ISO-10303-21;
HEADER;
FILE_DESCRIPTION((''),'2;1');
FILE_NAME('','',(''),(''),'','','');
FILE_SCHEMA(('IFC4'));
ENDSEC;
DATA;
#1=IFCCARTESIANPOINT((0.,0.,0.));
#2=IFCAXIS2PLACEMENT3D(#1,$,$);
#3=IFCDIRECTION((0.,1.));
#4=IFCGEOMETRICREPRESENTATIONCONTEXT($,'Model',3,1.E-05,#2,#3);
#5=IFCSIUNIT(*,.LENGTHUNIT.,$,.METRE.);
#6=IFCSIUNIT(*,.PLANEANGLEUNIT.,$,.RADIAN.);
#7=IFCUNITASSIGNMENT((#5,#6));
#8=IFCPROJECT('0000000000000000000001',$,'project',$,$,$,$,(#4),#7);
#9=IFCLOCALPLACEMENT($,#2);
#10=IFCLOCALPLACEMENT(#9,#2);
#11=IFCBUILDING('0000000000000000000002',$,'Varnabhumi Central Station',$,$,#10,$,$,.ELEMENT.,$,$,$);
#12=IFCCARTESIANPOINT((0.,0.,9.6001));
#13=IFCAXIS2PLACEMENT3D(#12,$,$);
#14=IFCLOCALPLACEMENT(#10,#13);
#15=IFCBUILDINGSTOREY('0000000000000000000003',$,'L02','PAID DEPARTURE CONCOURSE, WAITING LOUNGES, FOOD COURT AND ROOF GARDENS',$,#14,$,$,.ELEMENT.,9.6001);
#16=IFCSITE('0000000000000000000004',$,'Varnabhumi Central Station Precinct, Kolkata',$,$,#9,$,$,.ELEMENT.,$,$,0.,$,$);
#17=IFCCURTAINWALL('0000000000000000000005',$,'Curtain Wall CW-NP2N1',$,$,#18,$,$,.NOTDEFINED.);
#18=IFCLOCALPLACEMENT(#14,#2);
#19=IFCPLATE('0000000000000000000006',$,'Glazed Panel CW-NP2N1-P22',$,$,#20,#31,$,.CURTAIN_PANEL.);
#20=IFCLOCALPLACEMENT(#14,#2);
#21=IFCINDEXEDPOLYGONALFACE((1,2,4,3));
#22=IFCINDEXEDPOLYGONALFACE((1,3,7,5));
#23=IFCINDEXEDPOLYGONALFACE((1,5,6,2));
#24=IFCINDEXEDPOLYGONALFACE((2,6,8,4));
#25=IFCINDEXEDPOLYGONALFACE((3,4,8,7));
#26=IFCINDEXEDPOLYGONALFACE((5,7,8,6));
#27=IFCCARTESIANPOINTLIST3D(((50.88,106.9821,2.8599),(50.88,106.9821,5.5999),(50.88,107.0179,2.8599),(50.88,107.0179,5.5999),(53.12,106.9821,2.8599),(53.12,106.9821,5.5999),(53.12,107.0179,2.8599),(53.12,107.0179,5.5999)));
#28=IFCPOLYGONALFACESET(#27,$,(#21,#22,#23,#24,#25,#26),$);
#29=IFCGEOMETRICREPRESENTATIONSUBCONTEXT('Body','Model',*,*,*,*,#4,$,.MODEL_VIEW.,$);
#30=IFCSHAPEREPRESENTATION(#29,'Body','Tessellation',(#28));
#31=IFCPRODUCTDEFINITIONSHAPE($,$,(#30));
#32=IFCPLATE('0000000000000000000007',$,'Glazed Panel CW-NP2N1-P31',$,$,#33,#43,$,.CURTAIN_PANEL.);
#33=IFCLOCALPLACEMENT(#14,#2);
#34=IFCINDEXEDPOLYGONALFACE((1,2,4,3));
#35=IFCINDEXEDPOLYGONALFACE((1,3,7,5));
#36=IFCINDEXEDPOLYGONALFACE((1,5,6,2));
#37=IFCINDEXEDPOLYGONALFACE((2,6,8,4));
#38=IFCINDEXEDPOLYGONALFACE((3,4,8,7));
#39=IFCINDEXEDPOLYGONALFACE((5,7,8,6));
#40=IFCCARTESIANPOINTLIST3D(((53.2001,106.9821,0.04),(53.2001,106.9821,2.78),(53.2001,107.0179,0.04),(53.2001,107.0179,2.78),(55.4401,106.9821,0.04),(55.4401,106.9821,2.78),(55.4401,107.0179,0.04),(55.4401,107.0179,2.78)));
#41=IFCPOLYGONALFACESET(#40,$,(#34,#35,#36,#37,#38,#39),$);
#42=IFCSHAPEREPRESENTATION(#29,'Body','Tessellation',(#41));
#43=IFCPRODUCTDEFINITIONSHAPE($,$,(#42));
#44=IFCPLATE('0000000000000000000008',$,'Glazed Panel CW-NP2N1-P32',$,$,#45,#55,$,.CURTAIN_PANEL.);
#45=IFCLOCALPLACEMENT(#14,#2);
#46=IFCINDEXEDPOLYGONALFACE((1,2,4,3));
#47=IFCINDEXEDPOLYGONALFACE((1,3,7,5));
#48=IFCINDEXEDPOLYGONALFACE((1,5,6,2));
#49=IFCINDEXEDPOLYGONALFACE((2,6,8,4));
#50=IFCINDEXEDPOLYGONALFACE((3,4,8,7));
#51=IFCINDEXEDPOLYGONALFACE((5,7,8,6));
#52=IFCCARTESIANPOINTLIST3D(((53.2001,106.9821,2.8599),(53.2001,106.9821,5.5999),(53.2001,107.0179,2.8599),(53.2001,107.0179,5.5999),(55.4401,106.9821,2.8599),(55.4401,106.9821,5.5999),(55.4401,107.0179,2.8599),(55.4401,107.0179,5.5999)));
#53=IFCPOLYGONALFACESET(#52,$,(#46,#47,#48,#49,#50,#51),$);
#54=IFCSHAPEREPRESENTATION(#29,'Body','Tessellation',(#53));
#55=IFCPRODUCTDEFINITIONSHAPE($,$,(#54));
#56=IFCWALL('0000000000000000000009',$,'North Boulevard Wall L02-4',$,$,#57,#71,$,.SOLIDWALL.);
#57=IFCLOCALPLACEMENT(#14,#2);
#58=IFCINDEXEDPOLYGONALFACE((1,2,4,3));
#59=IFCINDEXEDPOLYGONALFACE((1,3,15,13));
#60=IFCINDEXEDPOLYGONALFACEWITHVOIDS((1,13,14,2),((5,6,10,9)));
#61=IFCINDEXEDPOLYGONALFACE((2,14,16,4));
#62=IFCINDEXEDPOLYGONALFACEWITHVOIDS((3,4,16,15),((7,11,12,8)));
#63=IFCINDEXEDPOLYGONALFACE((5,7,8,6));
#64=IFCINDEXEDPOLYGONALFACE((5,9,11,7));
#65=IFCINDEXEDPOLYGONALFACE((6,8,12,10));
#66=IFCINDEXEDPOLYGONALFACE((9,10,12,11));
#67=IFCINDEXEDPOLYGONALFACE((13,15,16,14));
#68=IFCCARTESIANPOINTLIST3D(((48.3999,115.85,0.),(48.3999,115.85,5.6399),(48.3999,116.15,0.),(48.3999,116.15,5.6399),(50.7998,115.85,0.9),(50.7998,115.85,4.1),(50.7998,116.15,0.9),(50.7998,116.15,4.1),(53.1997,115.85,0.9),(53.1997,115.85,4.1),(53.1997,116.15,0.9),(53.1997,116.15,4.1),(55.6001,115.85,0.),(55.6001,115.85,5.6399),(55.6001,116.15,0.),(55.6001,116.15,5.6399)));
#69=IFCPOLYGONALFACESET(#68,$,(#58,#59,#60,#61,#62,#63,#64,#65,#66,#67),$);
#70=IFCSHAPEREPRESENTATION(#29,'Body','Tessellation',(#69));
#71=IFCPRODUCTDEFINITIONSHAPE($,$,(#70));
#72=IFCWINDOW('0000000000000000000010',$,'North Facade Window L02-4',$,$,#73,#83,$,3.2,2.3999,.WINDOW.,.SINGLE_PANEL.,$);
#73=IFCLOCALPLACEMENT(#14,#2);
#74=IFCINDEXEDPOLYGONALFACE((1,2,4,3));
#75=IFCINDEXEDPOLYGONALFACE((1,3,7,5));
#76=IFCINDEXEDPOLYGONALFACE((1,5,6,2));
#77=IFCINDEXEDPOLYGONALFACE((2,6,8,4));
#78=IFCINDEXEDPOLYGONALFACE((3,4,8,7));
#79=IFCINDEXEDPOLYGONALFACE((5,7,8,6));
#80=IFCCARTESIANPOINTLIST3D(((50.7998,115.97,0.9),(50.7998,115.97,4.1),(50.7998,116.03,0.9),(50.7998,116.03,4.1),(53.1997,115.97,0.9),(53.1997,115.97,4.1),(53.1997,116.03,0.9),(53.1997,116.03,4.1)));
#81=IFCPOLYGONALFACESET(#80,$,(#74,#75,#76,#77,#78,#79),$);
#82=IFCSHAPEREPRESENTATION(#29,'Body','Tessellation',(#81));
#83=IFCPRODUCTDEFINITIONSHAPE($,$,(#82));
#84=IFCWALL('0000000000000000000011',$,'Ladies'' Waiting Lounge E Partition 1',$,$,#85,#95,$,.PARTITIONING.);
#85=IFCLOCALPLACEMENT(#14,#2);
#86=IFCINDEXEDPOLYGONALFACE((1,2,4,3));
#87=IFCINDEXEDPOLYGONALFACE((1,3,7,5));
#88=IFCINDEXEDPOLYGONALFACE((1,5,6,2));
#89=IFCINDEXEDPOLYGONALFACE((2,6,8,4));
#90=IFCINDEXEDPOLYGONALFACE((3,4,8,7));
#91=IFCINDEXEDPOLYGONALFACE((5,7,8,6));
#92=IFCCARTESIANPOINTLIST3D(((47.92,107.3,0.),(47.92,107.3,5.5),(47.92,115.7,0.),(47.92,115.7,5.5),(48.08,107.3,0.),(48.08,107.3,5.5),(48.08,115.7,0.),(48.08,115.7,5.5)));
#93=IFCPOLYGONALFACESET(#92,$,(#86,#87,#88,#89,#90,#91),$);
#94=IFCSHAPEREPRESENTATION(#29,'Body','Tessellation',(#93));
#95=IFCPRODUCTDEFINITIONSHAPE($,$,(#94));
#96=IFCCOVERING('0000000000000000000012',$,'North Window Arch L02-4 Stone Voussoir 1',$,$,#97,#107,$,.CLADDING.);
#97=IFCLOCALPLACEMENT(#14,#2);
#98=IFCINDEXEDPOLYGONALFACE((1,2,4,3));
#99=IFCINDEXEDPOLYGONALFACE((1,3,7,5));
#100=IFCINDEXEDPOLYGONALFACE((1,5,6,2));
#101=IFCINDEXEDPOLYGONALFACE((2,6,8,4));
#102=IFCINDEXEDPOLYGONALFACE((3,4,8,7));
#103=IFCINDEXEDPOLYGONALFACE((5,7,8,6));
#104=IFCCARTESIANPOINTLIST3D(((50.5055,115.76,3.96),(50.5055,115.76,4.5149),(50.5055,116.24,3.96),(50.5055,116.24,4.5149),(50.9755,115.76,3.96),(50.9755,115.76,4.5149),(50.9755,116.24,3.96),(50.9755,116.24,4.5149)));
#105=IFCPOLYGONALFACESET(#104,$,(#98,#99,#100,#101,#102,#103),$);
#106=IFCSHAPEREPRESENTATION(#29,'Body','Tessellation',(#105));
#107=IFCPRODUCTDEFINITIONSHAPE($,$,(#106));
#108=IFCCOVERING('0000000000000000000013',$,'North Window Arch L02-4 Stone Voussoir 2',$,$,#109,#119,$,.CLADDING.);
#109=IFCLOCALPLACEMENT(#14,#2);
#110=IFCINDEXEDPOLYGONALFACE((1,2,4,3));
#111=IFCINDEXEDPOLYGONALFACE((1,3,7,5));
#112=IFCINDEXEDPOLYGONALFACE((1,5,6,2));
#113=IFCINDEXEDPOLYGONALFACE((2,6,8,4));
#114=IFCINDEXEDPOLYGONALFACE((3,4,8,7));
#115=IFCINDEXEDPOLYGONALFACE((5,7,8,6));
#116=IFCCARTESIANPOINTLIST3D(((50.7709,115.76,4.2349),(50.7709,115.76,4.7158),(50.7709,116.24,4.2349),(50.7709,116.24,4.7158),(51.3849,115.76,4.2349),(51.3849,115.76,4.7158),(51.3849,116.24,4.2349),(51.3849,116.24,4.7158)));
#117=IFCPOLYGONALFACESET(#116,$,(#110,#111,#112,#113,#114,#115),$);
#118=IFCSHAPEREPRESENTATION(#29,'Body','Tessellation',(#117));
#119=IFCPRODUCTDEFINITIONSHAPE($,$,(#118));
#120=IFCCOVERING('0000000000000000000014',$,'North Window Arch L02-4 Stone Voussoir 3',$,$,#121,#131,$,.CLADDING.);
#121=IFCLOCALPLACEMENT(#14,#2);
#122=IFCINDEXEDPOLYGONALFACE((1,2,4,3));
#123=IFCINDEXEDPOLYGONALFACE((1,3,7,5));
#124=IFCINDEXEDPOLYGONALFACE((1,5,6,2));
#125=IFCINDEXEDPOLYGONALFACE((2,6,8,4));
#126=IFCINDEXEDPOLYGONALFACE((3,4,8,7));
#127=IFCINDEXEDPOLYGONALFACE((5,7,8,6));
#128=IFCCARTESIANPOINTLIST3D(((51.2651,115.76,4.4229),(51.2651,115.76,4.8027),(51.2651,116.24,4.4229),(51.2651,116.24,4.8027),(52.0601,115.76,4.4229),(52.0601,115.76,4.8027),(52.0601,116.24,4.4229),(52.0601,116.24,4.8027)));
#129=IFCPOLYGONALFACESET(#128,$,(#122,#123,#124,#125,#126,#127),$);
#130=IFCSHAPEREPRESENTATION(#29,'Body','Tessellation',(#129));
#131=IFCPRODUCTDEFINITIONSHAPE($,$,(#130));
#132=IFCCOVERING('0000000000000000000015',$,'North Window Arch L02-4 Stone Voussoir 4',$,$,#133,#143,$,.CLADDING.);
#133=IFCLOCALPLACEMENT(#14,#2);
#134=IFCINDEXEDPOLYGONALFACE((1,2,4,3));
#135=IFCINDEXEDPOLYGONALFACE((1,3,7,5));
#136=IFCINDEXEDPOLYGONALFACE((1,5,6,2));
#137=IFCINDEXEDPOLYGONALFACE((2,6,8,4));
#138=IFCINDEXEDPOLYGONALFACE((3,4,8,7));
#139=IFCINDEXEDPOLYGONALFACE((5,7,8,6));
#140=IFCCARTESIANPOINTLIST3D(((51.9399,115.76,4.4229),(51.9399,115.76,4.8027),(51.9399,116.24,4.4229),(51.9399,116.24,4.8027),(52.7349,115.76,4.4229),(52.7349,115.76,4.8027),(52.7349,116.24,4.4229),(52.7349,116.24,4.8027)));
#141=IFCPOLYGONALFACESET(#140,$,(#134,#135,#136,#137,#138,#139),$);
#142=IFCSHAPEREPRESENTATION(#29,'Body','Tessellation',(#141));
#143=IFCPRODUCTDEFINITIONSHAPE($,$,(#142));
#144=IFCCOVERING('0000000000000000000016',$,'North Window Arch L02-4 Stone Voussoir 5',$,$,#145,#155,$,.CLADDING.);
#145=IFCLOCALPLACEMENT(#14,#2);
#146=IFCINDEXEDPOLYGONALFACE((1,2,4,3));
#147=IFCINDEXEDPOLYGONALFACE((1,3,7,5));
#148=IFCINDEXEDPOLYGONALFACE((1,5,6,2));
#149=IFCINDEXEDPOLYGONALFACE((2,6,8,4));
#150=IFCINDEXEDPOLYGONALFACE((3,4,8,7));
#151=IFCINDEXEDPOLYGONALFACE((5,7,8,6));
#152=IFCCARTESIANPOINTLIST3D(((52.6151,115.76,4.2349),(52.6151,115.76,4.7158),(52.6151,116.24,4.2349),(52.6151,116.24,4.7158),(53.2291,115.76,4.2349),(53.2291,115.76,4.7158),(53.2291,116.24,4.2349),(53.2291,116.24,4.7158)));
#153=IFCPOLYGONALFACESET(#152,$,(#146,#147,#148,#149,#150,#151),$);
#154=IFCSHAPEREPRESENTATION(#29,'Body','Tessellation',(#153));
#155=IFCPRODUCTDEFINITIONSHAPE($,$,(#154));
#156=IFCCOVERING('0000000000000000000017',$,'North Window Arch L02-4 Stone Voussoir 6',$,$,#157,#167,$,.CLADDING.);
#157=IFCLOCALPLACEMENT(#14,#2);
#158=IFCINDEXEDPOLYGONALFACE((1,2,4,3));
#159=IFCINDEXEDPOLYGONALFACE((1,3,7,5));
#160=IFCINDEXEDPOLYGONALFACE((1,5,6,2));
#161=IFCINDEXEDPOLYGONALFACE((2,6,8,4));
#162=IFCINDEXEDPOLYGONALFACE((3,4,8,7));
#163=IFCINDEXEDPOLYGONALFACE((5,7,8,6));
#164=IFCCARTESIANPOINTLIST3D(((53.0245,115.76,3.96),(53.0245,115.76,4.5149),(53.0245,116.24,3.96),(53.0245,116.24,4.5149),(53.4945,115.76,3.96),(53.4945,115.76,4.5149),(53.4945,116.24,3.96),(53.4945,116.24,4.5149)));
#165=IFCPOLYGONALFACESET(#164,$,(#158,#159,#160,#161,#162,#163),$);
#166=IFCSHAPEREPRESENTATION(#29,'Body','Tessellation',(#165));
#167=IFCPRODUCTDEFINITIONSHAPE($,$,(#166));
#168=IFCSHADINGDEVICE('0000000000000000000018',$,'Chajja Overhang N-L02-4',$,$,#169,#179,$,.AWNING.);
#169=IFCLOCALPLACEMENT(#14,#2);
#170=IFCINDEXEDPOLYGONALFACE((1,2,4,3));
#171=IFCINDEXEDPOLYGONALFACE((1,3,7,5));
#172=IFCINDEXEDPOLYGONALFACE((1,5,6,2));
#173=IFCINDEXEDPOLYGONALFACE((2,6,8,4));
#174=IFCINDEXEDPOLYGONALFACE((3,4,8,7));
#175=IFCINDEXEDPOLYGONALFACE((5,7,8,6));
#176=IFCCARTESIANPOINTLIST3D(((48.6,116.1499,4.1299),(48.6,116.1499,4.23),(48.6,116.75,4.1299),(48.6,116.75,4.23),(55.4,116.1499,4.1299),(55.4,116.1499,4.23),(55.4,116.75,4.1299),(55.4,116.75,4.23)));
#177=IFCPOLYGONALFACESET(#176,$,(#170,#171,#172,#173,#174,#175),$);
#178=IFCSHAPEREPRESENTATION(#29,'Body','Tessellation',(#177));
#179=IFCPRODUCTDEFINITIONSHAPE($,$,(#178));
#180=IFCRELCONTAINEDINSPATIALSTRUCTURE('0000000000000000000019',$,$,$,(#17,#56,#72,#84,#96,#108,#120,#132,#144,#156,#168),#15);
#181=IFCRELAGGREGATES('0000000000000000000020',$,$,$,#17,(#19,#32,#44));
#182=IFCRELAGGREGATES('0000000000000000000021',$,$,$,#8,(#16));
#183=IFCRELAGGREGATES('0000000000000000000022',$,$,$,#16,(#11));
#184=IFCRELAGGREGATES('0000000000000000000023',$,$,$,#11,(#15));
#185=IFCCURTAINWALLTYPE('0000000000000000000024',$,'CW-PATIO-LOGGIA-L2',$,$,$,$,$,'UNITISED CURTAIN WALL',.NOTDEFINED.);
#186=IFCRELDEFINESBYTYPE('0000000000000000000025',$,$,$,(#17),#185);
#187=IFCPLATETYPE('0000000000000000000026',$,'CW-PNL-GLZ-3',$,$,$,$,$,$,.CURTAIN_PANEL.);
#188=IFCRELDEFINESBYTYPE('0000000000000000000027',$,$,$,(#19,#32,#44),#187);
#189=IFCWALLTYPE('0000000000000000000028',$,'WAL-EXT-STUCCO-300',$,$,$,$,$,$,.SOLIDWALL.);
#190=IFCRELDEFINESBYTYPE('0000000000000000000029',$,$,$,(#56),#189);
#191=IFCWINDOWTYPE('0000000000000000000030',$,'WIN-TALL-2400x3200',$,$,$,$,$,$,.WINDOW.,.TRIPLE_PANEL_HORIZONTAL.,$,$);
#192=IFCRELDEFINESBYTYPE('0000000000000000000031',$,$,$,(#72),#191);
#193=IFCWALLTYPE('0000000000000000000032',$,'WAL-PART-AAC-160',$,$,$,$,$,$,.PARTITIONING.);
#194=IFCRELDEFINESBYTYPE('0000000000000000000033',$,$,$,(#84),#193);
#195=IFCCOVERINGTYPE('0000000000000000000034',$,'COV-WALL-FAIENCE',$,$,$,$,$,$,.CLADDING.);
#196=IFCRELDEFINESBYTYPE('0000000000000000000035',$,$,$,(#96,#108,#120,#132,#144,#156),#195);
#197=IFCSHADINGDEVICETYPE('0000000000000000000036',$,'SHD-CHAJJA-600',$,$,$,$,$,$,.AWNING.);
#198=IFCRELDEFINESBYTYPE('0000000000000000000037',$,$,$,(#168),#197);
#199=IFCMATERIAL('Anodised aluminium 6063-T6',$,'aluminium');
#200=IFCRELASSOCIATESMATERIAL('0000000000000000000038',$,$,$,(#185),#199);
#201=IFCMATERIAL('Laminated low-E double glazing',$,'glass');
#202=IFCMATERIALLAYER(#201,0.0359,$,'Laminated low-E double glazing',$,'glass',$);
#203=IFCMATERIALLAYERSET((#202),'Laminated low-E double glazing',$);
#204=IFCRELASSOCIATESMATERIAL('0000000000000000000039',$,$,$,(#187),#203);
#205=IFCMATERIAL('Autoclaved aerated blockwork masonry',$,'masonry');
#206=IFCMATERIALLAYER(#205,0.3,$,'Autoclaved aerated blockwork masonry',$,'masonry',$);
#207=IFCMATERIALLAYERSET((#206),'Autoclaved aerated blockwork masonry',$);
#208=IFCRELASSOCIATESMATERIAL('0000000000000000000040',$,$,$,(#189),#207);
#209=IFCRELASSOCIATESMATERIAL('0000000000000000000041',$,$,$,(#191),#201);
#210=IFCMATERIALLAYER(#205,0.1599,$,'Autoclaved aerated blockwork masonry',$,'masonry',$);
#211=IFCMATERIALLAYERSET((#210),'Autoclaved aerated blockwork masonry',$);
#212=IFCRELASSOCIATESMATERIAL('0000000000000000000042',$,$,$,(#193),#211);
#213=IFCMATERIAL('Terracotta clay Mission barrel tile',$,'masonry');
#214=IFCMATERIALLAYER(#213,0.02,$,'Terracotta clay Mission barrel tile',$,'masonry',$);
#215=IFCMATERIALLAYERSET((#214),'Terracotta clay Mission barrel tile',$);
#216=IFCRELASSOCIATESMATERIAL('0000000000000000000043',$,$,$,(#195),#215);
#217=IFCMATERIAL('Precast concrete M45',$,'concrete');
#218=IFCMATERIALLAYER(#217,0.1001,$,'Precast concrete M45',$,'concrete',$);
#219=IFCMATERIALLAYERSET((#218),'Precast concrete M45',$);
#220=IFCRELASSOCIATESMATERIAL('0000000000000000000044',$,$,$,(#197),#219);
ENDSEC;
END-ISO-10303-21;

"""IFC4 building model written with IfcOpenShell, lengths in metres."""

from ifc_helpers import new_model, si_unit, direction, frame, frame_2d, origin, origin_2d, place, context, subcontext, project, spatial, rectangle, extrude, material, layer, layer_set, type_object, element, fill, aggregate, save


model = new_model("IFC4")

# Units and contexts
model_context = context("Model", 3, precision=1e-05, world=origin(), true_north=direction((0.0, 1.0)))
body_context = subcontext(model_context, "Body", "Model", "MODEL_VIEW")
ifc_project = project(units=[si_unit("LENGTHUNIT", "METRE"), si_unit("PLANEANGLEUNIT", "RADIAN")], contexts=[model_context])

# Site, building, storey
site_placement = place(None, origin())
site = spatial("IfcSite", under=ifc_project, at=site_placement, Name="Varnabhumi Central Station Precinct, Kolkata", CompositionType="ELEMENT", RefElevation=0.0)
building_placement = place(site_placement, origin())
building = spatial("IfcBuilding", under=site, at=building_placement, Name="Varnabhumi Central Station", CompositionType="ELEMENT")
storey_placement = place(building_placement, frame((0.0, 0.0, 9.6001)))
storey = spatial("IfcBuildingStorey", under=building, at=storey_placement, Name="L02", Description="PAID DEPARTURE CONCOURSE, WAITING LOUNGES, FOOD COURT AND ROOF GARDENS", CompositionType="ELEMENT", Elevation=9.6001)

# Curtain wall, plates
ifc_material_1 = material(Name="Anodised aluminium 6063-T6", Category="aluminium")
curtain_wall_type = type_object("IfcCurtainWallType", Name="CW-PATIO-LOGGIA-L2", ElementType="UNITISED CURTAIN WALL", PredefinedType="NOTDEFINED", material=ifc_material_1)
curtain_wall_placement = place(storey_placement, origin())
curtain_wall = element("IfcCurtainWall", 1, at=curtain_wall_placement, inside=storey, type_object=curtain_wall_type, Name="Curtain Wall CW-NP2N1", PredefinedType="NOTDEFINED")
ifc_material_2 = material(Name="Laminated low-E double glazing", Category="glass")
ifc_layer_1 = layer(ifc_material_2, 0.0359, Name="Laminated low-E double glazing", Category="glass")
ifc_layer_set_1 = layer_set([ifc_layer_1], Name="Laminated low-E double glazing")
plate_type = type_object("IfcPlateType", Name="CW-PNL-GLZ-3", PredefinedType="CURTAIN_PANEL", material=ifc_layer_set_1)
plate_1_placement = place(storey_placement, frame((52.0, 107.0, 2.8599), z_axis=(0.0, 0.0, 1.0), x_axis=(1.0, 0.0, 0.0)))
plate_1 = element("IfcPlate", 2, at=plate_1_placement, type_object=plate_type, Name="Glazed Panel CW-NP2N1-P22", PredefinedType="CURTAIN_PANEL", context=body_context, shape_type="SweptSolid", body=[
    extrude(rectangle(XDim=2.24, YDim=0.0359, at=origin_2d()), origin(), (0.0, 0.0, 1.0), 2.74),
])
plate_2_placement = place(storey_placement, frame((54.3201, 107.0, 0.04), z_axis=(0.0, 0.0, 1.0), x_axis=(1.0, 0.0, 0.0)))
plate_2 = element("IfcPlate", 3, at=plate_2_placement, type_object=plate_type, Name="Glazed Panel CW-NP2N1-P31", PredefinedType="CURTAIN_PANEL", context=body_context, shape_type="SweptSolid", body=[
    extrude(rectangle(XDim=2.24, YDim=0.0359, at=origin_2d()), origin(), (0.0, 0.0, 1.0), 2.74),
])
plate_3_placement = place(storey_placement, frame((54.3201, 107.0, 2.8599), z_axis=(0.0, 0.0, 1.0), x_axis=(1.0, 0.0, 0.0)))
plate_3 = element("IfcPlate", 4, at=plate_3_placement, type_object=plate_type, Name="Glazed Panel CW-NP2N1-P32", PredefinedType="CURTAIN_PANEL", context=body_context, shape_type="SweptSolid", body=[
    extrude(rectangle(XDim=2.24, YDim=0.0359, at=origin_2d()), origin(), (0.0, 0.0, 1.0), 2.74),
])
aggregate(curtain_wall, [plate_1, plate_2, plate_3])

# Wall, opening, window
ifc_material_3 = material(Name="Autoclaved aerated blockwork masonry", Category="masonry")
ifc_layer_2 = layer(ifc_material_3, 0.3, Name="Autoclaved aerated blockwork masonry", Category="masonry")
ifc_layer_set_2 = layer_set([ifc_layer_2], Name="Autoclaved aerated blockwork masonry")
wall_type_1 = type_object("IfcWallType", Name="WAL-EXT-STUCCO-300", PredefinedType="SOLIDWALL", material=ifc_layer_set_2)
wall_1_placement = place(storey_placement, frame((48.3999, 116.0, 0.0), z_axis=(0.0, 0.0, 1.0), x_axis=(1.0, 0.0, 0.0)))
wall_1 = element("IfcWall", 5, at=wall_1_placement, inside=storey, type_object=wall_type_1, Name="North Boulevard Wall L02-4", PredefinedType="SOLIDWALL", context=body_context, shape_type="SweptSolid", body=[
    extrude(rectangle(XDim=7.2002, YDim=0.3, at=frame_2d((3.6001, 0.0))), origin(), (0.0, 0.0, 1.0), 5.6399),
])
opening_placement = place(wall_1_placement, frame((2.3999, 0.0, 0.8999)))
opening = element("IfcOpeningElement", 6, at=opening_placement, cuts=wall_1, PredefinedType="OPENING", context=body_context, shape_type="SweptSolid", body=[
    extrude(rectangle(XDim=2.3999, YDim=3.2, at=frame_2d((1.2, 1.6001))), frame((0.0, 0.1599, 0.0), z_axis=(0.0, -1.0, 0.0), x_axis=(1.0, 0.0, 0.0)), (0.0, 0.0, 1.0), 0.3201),
])
window_type = type_object("IfcWindowType", Name="WIN-TALL-2400x3200", PartitioningType="TRIPLE_PANEL_HORIZONTAL", PredefinedType="WINDOW", material=ifc_material_2)
window_placement = place(opening_placement, origin())
window = element("IfcWindow", 7, at=window_placement, inside=storey, type_object=window_type, Name="North Facade Window L02-4", OverallHeight=3.2, OverallWidth=2.3999, PartitioningType="SINGLE_PANEL", PredefinedType="WINDOW", context=body_context, shape_type="SweptSolid", body=[
    extrude(rectangle(XDim=2.3999, YDim=3.2, at=frame_2d((1.2, 1.6001))), frame((0.0, 0.03, 0.0), z_axis=(0.0, -1.0, 0.0), x_axis=(1.0, 0.0, 0.0)), (0.0, 0.0, 1.0), 0.0601),
])
fill(opening, window)

# Wall
ifc_layer_3 = layer(ifc_material_3, 0.1599, Name="Autoclaved aerated blockwork masonry", Category="masonry")
ifc_layer_set_3 = layer_set([ifc_layer_3], Name="Autoclaved aerated blockwork masonry")
wall_type_2 = type_object("IfcWallType", Name="WAL-PART-AAC-160", PredefinedType="PARTITIONING", material=ifc_layer_set_3)
wall_2_placement = place(storey_placement, frame((48.0, 107.3, 0.0), z_axis=(0.0, 0.0, 1.0), x_axis=(0.0, 1.0, 0.0)))
element("IfcWall", 8, at=wall_2_placement, inside=storey, type_object=wall_type_2, Name="Ladies' Waiting Lounge E Partition 1", PredefinedType="PARTITIONING", context=body_context, shape_type="SweptSolid", body=[
    extrude(rectangle(XDim=8.3999, YDim=0.1599, at=frame_2d((4.2, 0.0))), origin(), (0.0, 0.0, 1.0), 5.5),
])

# Coverings
ifc_material_4 = material(Name="Terracotta clay Mission barrel tile", Category="masonry")
ifc_layer_4 = layer(ifc_material_4, 0.02, Name="Terracotta clay Mission barrel tile", Category="masonry")
ifc_layer_set_4 = layer_set([ifc_layer_4], Name="Terracotta clay Mission barrel tile")
covering_type = type_object("IfcCoveringType", Name="COV-WALL-FAIENCE", PredefinedType="CLADDING", material=ifc_layer_set_4)
covering_1_placement = place(storey_placement, frame((50.7405, 116.0, 3.96), z_axis=(0.0, 0.0, 1.0), x_axis=(1.0, 0.0, 0.0)))
element("IfcCovering", 9, at=covering_1_placement, inside=storey, type_object=covering_type, Name="North Window Arch L02-4 Stone Voussoir 1", PredefinedType="CLADDING", context=body_context, shape_type="SweptSolid", body=[
    extrude(rectangle(XDim=0.47, YDim=0.48, at=origin_2d()), origin(), (0.0, 0.0, 1.0), 0.5549),
])
covering_2_placement = place(storey_placement, frame((51.0779, 116.0, 4.2349), z_axis=(0.0, 0.0, 1.0), x_axis=(1.0, 0.0, 0.0)))
element("IfcCovering", 10, at=covering_2_placement, inside=storey, type_object=covering_type, Name="North Window Arch L02-4 Stone Voussoir 2", PredefinedType="CLADDING", context=body_context, shape_type="SweptSolid", body=[
    extrude(rectangle(XDim=0.614, YDim=0.48, at=origin_2d()), origin(), (0.0, 0.0, 1.0), 0.481),
])
for number, where, z_axis, x_axis, name in (
    (11, (51.6626, 116.0, 4.4229), (0.0, 0.0, 1.0), (1.0, 0.0, 0.0), "North Window Arch L02-4 Stone Voussoir 3"),
    (12, (52.3374, 116.0, 4.4229), (0.0, 0.0, 1.0), (1.0, 0.0, 0.0), "North Window Arch L02-4 Stone Voussoir 4"),
):
    element("IfcCovering", number, at=place(storey_placement, frame(where, z_axis=z_axis, x_axis=x_axis)), inside=storey, type_object=covering_type, Name=name, PredefinedType="CLADDING", context=body_context, shape_type="SweptSolid", body=[
        extrude(rectangle(XDim=0.7949, YDim=0.48, at=origin_2d()), origin(), (0.0, 0.0, 1.0), 0.3799),
    ])
covering_3_placement = place(storey_placement, frame((52.9221, 116.0, 4.2349), z_axis=(0.0, 0.0, 1.0), x_axis=(1.0, 0.0, 0.0)))
element("IfcCovering", 13, at=covering_3_placement, inside=storey, type_object=covering_type, Name="North Window Arch L02-4 Stone Voussoir 5", PredefinedType="CLADDING", context=body_context, shape_type="SweptSolid", body=[
    extrude(rectangle(XDim=0.614, YDim=0.48, at=origin_2d()), origin(), (0.0, 0.0, 1.0), 0.481),
])
covering_4_placement = place(storey_placement, frame((53.2595, 116.0, 3.96), z_axis=(0.0, 0.0, 1.0), x_axis=(1.0, 0.0, 0.0)))
element("IfcCovering", 14, at=covering_4_placement, inside=storey, type_object=covering_type, Name="North Window Arch L02-4 Stone Voussoir 6", PredefinedType="CLADDING", context=body_context, shape_type="SweptSolid", body=[
    extrude(rectangle(XDim=0.47, YDim=0.48, at=origin_2d()), origin(), (0.0, 0.0, 1.0), 0.5549),
])

# Shading device
ifc_material_5 = material(Name="Precast concrete M45", Category="concrete")
ifc_layer_5 = layer(ifc_material_5, 0.1001, Name="Precast concrete M45", Category="concrete")
ifc_layer_set_5 = layer_set([ifc_layer_5], Name="Precast concrete M45")
shading_device_type = type_object("IfcShadingDeviceType", Name="SHD-CHAJJA-600", PredefinedType="AWNING", material=ifc_layer_set_5)
shading_device_placement = place(storey_placement, frame((52.0, 116.45, 4.1299), z_axis=(0.0, 0.0, 1.0), x_axis=(1.0, 0.0, 0.0)))
element("IfcShadingDevice", 15, at=shading_device_placement, inside=storey, type_object=shading_device_type, Name="Chajja Overhang N-L02-4", PredefinedType="AWNING", context=body_context, shape_type="SweptSolid", body=[
    extrude(rectangle(XDim=6.8, YDim=0.6001, at=origin_2d()), origin(), (0.0, 0.0, 1.0), 0.1001),
])

save(model, "model.ifc")
